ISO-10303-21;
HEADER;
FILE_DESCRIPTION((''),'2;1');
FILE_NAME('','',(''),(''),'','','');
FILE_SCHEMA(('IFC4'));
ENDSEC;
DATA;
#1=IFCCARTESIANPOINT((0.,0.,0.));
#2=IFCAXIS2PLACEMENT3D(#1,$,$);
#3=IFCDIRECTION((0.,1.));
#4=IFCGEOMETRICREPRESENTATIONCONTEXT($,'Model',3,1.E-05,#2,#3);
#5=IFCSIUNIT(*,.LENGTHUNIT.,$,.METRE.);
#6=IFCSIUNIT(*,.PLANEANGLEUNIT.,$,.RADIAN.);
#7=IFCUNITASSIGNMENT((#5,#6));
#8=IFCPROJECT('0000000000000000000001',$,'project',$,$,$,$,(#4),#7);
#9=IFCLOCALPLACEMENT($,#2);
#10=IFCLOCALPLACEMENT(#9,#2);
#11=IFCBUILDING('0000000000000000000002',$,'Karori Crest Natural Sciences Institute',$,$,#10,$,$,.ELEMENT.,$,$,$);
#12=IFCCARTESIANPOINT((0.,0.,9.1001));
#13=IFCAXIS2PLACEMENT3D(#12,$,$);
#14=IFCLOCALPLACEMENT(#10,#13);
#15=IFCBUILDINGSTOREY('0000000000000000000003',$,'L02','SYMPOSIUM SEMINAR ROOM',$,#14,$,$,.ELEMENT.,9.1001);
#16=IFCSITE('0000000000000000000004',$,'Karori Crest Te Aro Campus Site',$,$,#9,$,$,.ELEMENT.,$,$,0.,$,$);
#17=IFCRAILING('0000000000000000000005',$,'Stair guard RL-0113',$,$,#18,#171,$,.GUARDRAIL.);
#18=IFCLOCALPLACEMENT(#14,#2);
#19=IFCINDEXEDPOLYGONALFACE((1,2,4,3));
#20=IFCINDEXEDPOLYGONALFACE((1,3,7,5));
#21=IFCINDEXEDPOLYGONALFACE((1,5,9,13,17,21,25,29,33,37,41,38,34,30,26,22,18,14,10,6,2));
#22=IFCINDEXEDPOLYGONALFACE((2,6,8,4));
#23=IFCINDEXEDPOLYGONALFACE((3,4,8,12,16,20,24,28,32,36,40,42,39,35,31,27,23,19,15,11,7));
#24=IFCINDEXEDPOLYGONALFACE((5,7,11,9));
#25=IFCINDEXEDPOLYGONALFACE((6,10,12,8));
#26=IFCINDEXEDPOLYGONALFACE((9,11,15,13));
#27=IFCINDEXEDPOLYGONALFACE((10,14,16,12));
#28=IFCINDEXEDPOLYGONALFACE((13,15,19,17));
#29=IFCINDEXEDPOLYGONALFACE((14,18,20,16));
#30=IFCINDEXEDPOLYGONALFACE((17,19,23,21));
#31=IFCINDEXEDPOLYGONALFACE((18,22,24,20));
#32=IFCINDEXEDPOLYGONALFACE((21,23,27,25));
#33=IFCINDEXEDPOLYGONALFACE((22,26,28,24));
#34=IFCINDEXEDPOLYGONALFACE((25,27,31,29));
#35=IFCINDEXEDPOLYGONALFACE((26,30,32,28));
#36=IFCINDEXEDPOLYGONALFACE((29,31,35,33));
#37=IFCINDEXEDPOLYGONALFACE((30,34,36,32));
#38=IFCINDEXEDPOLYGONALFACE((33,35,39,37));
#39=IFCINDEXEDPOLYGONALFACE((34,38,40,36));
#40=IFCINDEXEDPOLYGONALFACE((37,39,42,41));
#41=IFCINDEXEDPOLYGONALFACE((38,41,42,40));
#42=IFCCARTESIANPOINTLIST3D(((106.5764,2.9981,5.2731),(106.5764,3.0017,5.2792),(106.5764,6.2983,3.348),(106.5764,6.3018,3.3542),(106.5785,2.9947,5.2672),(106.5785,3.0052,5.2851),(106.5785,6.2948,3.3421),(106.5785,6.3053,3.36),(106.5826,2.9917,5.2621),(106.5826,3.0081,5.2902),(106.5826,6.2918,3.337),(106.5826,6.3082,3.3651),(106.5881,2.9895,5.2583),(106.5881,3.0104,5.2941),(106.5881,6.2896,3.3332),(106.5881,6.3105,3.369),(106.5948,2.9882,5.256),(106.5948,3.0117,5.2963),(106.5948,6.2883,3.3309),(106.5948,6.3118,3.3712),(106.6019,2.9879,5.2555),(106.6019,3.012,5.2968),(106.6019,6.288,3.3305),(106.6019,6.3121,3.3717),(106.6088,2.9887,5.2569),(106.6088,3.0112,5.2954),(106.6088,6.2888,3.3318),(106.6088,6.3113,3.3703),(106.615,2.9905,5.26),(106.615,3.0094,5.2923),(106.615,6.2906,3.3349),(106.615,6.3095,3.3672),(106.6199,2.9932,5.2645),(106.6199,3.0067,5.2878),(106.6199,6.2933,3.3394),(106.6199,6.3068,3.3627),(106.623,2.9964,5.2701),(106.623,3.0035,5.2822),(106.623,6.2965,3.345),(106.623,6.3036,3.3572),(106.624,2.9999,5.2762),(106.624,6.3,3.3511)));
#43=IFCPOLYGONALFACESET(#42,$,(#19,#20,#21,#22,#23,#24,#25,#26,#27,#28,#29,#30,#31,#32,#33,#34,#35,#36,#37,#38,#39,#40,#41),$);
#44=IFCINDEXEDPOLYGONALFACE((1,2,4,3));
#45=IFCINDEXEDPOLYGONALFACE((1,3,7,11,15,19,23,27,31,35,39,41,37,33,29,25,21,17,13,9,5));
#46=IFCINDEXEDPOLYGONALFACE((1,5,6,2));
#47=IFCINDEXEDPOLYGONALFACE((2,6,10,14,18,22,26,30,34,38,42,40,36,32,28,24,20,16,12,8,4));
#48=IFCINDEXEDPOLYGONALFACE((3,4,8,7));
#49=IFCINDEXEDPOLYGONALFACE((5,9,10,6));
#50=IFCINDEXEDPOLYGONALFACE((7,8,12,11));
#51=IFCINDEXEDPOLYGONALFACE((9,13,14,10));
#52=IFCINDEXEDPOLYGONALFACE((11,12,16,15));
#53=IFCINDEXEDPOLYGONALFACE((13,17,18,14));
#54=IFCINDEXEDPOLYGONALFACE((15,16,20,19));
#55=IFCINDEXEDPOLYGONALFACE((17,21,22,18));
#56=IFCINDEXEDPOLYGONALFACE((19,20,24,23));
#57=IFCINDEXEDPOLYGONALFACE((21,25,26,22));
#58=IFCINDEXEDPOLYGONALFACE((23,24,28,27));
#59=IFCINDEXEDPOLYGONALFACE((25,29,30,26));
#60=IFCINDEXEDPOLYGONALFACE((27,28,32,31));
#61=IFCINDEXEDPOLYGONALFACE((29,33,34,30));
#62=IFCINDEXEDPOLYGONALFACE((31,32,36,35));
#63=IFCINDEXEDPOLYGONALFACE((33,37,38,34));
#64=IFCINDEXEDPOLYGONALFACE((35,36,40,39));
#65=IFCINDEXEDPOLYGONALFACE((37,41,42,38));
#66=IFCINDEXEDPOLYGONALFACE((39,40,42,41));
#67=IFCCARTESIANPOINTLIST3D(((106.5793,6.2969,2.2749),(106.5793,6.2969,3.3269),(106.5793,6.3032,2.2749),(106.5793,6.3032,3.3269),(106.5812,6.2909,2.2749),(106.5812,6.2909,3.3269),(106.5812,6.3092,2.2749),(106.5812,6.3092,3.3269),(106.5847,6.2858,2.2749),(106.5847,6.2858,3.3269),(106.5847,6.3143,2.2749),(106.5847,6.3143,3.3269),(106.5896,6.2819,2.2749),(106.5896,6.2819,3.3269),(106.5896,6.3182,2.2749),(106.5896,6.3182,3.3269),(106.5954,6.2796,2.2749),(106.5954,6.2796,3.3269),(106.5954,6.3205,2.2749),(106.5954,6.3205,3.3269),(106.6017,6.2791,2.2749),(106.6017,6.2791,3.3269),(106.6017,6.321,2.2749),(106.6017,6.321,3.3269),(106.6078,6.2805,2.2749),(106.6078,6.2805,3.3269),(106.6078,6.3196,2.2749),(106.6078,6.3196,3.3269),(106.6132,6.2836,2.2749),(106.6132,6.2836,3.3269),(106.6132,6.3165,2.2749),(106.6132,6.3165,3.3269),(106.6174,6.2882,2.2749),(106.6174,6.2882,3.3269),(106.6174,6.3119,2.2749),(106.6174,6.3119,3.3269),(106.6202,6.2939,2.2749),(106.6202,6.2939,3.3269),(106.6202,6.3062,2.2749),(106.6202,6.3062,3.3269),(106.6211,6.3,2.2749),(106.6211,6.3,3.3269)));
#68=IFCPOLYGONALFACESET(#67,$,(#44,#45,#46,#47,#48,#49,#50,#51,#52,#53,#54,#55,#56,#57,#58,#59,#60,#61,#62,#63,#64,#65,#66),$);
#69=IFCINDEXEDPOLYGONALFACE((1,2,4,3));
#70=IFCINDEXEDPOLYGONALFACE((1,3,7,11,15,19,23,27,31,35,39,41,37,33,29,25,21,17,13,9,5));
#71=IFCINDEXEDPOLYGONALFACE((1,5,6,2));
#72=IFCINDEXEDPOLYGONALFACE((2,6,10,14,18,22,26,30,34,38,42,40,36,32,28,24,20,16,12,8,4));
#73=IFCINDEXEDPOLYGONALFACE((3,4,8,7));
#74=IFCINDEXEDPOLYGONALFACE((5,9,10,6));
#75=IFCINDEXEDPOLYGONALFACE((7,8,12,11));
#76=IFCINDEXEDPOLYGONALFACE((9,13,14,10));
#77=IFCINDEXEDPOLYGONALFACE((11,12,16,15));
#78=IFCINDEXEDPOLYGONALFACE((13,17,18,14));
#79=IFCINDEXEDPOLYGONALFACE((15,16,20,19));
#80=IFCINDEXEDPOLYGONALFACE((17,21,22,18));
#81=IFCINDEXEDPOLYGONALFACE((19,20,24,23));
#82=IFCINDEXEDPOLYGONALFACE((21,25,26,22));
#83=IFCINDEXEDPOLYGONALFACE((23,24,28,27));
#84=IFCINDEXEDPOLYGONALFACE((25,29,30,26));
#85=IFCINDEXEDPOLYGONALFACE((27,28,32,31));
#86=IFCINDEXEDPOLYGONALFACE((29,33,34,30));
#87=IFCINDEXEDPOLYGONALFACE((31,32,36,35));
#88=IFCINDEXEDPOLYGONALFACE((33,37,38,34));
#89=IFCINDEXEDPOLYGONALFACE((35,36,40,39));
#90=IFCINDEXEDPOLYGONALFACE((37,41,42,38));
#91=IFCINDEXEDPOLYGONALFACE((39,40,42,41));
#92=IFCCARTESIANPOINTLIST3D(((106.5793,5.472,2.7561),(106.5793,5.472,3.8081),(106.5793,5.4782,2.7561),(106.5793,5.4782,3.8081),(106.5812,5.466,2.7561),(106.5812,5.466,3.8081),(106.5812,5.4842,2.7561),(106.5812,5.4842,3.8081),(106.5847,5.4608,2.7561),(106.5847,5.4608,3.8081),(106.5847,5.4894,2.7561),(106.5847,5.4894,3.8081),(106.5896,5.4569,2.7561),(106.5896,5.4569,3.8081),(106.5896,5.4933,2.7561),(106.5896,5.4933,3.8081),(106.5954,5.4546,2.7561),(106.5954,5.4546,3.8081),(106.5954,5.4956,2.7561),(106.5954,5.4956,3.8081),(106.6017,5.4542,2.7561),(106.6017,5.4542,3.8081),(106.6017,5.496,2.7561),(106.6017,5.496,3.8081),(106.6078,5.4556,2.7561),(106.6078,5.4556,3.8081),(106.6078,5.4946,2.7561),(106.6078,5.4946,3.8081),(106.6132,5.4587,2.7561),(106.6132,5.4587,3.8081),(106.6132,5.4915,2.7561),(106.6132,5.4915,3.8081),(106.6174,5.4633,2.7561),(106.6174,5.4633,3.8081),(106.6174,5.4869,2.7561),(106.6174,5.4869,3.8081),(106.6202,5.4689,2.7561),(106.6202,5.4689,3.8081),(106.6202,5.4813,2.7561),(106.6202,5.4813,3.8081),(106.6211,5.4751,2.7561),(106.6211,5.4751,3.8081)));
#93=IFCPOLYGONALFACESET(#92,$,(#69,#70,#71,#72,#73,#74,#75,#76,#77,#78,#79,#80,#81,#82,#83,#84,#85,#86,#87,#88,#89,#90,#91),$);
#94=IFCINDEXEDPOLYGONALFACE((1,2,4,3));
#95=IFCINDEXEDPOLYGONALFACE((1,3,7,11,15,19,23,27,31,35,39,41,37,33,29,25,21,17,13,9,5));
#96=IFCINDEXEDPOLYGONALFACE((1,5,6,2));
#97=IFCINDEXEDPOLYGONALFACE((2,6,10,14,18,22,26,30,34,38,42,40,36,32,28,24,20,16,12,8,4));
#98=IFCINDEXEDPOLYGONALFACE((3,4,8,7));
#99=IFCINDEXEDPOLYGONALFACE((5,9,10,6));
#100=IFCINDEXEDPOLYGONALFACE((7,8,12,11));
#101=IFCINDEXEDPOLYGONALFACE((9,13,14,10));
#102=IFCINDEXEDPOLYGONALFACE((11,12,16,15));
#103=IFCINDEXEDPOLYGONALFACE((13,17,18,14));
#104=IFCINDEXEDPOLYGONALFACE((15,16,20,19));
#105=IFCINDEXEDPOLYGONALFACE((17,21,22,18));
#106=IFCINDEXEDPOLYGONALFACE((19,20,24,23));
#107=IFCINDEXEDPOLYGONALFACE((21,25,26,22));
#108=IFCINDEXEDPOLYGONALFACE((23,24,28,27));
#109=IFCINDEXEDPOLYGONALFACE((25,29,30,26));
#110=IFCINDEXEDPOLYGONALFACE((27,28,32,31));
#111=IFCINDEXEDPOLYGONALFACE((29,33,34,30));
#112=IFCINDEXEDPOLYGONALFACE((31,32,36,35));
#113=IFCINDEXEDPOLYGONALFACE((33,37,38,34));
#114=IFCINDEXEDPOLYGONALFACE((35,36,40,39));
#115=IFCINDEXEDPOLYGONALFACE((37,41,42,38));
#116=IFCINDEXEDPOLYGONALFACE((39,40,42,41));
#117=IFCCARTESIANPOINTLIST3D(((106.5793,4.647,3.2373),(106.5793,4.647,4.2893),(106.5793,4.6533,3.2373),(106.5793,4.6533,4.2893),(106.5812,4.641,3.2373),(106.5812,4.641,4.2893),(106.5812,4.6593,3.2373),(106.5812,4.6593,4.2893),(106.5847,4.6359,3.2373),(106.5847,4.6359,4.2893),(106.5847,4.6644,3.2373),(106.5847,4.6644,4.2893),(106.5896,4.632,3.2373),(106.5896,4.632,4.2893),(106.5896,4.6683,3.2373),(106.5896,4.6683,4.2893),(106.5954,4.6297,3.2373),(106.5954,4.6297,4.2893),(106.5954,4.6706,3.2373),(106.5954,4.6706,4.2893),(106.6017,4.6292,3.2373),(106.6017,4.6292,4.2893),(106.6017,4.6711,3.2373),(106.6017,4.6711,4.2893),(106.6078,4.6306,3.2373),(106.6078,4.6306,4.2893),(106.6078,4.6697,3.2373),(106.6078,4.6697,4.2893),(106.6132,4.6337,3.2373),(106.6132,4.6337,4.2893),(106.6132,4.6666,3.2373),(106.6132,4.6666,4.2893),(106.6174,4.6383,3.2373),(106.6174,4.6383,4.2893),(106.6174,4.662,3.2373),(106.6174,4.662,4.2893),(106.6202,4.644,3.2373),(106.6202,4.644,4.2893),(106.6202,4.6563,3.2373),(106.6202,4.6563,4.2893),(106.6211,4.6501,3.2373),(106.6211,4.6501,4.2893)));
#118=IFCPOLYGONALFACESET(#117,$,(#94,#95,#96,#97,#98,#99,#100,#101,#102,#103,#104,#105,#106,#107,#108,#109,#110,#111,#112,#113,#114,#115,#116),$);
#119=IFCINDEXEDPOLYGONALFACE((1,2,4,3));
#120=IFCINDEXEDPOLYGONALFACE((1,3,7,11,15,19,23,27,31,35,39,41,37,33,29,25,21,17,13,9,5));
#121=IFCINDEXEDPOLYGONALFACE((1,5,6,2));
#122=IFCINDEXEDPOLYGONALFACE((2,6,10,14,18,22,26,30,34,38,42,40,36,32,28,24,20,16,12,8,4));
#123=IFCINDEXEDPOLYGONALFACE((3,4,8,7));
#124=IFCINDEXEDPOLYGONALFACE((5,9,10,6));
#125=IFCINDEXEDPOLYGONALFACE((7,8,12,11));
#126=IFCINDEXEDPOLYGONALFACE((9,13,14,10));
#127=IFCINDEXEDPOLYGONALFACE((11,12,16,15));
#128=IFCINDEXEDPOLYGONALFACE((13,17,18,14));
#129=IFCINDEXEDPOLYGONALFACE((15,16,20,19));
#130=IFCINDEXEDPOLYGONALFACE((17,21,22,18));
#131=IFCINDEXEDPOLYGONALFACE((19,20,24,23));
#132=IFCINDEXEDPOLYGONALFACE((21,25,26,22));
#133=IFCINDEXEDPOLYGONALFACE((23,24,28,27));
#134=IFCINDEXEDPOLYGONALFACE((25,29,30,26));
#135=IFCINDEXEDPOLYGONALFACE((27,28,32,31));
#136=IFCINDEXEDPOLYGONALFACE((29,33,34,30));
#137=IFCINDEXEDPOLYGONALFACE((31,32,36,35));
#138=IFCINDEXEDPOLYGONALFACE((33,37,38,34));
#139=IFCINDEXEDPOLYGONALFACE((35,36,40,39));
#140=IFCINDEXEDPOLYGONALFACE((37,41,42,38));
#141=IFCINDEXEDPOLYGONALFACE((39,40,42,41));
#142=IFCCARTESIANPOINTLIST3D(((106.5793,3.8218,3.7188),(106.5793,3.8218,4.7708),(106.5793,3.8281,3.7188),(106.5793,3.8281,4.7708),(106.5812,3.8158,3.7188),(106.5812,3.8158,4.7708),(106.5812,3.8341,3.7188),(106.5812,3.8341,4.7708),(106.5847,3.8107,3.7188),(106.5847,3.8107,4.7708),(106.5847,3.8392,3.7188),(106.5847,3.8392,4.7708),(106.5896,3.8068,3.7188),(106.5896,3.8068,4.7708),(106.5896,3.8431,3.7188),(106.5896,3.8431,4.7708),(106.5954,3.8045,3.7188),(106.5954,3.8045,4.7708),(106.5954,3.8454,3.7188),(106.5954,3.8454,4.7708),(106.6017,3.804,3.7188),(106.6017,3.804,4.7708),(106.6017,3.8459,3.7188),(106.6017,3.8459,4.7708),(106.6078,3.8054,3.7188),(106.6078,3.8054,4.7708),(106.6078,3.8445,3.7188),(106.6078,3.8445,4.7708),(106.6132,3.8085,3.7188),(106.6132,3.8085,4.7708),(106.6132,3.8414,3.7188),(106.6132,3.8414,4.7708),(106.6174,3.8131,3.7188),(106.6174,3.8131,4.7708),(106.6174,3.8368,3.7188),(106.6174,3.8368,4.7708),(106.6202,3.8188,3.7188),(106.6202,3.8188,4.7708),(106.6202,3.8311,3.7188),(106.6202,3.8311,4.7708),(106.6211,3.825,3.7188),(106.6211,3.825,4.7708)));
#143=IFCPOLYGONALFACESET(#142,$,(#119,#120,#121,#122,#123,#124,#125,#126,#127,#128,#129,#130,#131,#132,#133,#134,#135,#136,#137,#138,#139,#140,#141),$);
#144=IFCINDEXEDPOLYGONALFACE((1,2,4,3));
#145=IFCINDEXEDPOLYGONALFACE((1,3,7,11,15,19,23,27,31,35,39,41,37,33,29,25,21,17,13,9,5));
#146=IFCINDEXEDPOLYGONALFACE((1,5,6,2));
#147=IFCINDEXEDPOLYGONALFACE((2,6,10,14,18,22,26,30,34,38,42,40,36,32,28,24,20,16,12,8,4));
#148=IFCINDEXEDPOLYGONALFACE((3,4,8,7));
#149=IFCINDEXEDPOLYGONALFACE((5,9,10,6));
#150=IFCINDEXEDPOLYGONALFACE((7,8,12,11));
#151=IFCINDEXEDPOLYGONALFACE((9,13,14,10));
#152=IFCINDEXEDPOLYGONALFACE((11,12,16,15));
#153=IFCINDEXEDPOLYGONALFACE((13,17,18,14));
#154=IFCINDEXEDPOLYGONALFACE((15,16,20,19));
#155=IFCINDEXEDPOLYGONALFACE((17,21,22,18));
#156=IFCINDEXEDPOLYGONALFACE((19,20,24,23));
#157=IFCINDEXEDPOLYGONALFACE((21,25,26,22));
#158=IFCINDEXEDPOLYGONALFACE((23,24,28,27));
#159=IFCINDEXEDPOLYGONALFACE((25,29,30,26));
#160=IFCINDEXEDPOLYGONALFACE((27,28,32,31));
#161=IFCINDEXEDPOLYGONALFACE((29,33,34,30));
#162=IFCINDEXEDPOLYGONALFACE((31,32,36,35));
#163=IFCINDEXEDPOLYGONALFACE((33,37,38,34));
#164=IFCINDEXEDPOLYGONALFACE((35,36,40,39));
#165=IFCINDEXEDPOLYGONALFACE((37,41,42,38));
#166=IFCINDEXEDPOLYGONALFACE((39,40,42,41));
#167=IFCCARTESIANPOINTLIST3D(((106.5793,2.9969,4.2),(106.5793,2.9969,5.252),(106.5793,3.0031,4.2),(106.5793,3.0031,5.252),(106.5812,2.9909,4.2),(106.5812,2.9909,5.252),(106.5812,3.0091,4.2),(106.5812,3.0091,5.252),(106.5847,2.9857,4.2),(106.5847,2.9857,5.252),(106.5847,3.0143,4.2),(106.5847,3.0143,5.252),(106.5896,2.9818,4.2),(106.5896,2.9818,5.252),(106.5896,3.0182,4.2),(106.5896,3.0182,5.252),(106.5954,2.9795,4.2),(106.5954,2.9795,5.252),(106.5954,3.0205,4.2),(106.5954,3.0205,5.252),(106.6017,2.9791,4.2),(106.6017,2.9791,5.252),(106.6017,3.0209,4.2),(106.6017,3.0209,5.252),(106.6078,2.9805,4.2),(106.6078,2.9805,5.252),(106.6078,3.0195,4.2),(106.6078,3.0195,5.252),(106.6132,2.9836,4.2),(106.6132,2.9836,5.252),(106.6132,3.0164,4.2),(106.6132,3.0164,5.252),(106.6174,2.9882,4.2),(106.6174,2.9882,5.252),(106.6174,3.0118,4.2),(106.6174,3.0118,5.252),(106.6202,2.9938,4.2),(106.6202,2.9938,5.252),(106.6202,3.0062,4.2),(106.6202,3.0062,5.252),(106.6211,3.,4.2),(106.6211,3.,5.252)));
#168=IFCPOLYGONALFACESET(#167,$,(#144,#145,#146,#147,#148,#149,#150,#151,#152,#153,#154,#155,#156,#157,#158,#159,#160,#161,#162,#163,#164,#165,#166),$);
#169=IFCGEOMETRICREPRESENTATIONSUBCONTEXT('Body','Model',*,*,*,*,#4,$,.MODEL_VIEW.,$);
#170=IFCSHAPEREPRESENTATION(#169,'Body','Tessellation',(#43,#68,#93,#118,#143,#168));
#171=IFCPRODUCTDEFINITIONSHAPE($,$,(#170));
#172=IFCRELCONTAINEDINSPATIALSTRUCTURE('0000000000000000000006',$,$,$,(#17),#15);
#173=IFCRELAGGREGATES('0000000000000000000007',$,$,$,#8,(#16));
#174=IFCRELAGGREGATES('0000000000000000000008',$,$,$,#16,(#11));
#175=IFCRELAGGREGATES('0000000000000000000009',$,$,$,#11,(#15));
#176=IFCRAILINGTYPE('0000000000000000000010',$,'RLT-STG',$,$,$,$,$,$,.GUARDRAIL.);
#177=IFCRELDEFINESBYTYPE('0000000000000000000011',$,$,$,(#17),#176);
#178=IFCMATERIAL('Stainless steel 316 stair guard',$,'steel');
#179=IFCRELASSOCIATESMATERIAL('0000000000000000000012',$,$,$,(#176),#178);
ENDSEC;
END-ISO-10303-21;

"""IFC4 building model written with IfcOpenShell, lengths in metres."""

from ifc_helpers import new_model, si_unit, direction, frame, origin, origin_2d, place, context, subcontext, project, spatial, circle, extrude, material, type_object, element, save


model = new_model("IFC4")

# Units and contexts
model_context = context("Model", 3, precision=1e-05, world=origin(), true_north=direction((0.0, 1.0)))
body_context = subcontext(model_context, "Body", "Model", "MODEL_VIEW")
ifc_project = project(units=[si_unit("LENGTHUNIT", "METRE"), si_unit("PLANEANGLEUNIT", "RADIAN")], contexts=[model_context])

# Site, building, storey
site_placement = place(None, origin())
site = spatial("IfcSite", under=ifc_project, at=site_placement, Name="Karori Crest Te Aro Campus Site", CompositionType="ELEMENT", RefElevation=0.0)
building_placement = place(site_placement, origin())
building = spatial("IfcBuilding", under=site, at=building_placement, Name="Karori Crest Natural Sciences Institute", CompositionType="ELEMENT")
storey_placement = place(building_placement, frame((0.0, 0.0, 9.1001)))
storey = spatial("IfcBuildingStorey", under=building, at=storey_placement, Name="L02", Description="SYMPOSIUM SEMINAR ROOM", CompositionType="ELEMENT", Elevation=9.1001)

# Railing
ifc_material_1 = material(Name="Stainless steel 316 stair guard", Category="steel")
railing_type_1 = type_object("IfcRailingType", Name="RLT-STG", PredefinedType="GUARDRAIL", material=ifc_material_1)
railing_1_placement = place(storey_placement, frame((106.6001, 6.3, 2.2749)))
element("IfcRailing", 1, at=railing_1_placement, inside=storey, type_object=railing_type_1, Name="Stair guard RL-0113", PredefinedType="GUARDRAIL", context=body_context, shape_type="SweptSolid", body=[
    extrude(circle(Radius=0.0239, at=origin_2d()), frame((0.0, 0.0, 1.0762), z_axis=(0.0, -0.863777, 0.503875), x_axis=(1.0, 0.0, 0.0)), (0.0, 0.0, 1.0), 3.8206),
    extrude(circle(Radius=0.021, at=origin_2d()), origin(), (0.0, 0.0, 1.0), 1.052),
    extrude(circle(Radius=0.021, at=origin_2d()), frame((0.0, -0.825, 0.4812)), (0.0, 0.0, 1.0), 1.052),
    extrude(circle(Radius=0.021, at=origin_2d()), frame((0.0, -1.6499, 0.9624)), (0.0, 0.0, 1.0), 1.052),
    extrude(circle(Radius=0.021, at=origin_2d()), frame((0.0, -2.4751, 1.4438)), (0.0, 0.0, 1.0), 1.052),
    extrude(circle(Radius=0.021, at=origin_2d()), frame((0.0, -3.3, 1.925)), (0.0, 0.0, 1.0), 1.052),
])

save(model, "model.ifc")
